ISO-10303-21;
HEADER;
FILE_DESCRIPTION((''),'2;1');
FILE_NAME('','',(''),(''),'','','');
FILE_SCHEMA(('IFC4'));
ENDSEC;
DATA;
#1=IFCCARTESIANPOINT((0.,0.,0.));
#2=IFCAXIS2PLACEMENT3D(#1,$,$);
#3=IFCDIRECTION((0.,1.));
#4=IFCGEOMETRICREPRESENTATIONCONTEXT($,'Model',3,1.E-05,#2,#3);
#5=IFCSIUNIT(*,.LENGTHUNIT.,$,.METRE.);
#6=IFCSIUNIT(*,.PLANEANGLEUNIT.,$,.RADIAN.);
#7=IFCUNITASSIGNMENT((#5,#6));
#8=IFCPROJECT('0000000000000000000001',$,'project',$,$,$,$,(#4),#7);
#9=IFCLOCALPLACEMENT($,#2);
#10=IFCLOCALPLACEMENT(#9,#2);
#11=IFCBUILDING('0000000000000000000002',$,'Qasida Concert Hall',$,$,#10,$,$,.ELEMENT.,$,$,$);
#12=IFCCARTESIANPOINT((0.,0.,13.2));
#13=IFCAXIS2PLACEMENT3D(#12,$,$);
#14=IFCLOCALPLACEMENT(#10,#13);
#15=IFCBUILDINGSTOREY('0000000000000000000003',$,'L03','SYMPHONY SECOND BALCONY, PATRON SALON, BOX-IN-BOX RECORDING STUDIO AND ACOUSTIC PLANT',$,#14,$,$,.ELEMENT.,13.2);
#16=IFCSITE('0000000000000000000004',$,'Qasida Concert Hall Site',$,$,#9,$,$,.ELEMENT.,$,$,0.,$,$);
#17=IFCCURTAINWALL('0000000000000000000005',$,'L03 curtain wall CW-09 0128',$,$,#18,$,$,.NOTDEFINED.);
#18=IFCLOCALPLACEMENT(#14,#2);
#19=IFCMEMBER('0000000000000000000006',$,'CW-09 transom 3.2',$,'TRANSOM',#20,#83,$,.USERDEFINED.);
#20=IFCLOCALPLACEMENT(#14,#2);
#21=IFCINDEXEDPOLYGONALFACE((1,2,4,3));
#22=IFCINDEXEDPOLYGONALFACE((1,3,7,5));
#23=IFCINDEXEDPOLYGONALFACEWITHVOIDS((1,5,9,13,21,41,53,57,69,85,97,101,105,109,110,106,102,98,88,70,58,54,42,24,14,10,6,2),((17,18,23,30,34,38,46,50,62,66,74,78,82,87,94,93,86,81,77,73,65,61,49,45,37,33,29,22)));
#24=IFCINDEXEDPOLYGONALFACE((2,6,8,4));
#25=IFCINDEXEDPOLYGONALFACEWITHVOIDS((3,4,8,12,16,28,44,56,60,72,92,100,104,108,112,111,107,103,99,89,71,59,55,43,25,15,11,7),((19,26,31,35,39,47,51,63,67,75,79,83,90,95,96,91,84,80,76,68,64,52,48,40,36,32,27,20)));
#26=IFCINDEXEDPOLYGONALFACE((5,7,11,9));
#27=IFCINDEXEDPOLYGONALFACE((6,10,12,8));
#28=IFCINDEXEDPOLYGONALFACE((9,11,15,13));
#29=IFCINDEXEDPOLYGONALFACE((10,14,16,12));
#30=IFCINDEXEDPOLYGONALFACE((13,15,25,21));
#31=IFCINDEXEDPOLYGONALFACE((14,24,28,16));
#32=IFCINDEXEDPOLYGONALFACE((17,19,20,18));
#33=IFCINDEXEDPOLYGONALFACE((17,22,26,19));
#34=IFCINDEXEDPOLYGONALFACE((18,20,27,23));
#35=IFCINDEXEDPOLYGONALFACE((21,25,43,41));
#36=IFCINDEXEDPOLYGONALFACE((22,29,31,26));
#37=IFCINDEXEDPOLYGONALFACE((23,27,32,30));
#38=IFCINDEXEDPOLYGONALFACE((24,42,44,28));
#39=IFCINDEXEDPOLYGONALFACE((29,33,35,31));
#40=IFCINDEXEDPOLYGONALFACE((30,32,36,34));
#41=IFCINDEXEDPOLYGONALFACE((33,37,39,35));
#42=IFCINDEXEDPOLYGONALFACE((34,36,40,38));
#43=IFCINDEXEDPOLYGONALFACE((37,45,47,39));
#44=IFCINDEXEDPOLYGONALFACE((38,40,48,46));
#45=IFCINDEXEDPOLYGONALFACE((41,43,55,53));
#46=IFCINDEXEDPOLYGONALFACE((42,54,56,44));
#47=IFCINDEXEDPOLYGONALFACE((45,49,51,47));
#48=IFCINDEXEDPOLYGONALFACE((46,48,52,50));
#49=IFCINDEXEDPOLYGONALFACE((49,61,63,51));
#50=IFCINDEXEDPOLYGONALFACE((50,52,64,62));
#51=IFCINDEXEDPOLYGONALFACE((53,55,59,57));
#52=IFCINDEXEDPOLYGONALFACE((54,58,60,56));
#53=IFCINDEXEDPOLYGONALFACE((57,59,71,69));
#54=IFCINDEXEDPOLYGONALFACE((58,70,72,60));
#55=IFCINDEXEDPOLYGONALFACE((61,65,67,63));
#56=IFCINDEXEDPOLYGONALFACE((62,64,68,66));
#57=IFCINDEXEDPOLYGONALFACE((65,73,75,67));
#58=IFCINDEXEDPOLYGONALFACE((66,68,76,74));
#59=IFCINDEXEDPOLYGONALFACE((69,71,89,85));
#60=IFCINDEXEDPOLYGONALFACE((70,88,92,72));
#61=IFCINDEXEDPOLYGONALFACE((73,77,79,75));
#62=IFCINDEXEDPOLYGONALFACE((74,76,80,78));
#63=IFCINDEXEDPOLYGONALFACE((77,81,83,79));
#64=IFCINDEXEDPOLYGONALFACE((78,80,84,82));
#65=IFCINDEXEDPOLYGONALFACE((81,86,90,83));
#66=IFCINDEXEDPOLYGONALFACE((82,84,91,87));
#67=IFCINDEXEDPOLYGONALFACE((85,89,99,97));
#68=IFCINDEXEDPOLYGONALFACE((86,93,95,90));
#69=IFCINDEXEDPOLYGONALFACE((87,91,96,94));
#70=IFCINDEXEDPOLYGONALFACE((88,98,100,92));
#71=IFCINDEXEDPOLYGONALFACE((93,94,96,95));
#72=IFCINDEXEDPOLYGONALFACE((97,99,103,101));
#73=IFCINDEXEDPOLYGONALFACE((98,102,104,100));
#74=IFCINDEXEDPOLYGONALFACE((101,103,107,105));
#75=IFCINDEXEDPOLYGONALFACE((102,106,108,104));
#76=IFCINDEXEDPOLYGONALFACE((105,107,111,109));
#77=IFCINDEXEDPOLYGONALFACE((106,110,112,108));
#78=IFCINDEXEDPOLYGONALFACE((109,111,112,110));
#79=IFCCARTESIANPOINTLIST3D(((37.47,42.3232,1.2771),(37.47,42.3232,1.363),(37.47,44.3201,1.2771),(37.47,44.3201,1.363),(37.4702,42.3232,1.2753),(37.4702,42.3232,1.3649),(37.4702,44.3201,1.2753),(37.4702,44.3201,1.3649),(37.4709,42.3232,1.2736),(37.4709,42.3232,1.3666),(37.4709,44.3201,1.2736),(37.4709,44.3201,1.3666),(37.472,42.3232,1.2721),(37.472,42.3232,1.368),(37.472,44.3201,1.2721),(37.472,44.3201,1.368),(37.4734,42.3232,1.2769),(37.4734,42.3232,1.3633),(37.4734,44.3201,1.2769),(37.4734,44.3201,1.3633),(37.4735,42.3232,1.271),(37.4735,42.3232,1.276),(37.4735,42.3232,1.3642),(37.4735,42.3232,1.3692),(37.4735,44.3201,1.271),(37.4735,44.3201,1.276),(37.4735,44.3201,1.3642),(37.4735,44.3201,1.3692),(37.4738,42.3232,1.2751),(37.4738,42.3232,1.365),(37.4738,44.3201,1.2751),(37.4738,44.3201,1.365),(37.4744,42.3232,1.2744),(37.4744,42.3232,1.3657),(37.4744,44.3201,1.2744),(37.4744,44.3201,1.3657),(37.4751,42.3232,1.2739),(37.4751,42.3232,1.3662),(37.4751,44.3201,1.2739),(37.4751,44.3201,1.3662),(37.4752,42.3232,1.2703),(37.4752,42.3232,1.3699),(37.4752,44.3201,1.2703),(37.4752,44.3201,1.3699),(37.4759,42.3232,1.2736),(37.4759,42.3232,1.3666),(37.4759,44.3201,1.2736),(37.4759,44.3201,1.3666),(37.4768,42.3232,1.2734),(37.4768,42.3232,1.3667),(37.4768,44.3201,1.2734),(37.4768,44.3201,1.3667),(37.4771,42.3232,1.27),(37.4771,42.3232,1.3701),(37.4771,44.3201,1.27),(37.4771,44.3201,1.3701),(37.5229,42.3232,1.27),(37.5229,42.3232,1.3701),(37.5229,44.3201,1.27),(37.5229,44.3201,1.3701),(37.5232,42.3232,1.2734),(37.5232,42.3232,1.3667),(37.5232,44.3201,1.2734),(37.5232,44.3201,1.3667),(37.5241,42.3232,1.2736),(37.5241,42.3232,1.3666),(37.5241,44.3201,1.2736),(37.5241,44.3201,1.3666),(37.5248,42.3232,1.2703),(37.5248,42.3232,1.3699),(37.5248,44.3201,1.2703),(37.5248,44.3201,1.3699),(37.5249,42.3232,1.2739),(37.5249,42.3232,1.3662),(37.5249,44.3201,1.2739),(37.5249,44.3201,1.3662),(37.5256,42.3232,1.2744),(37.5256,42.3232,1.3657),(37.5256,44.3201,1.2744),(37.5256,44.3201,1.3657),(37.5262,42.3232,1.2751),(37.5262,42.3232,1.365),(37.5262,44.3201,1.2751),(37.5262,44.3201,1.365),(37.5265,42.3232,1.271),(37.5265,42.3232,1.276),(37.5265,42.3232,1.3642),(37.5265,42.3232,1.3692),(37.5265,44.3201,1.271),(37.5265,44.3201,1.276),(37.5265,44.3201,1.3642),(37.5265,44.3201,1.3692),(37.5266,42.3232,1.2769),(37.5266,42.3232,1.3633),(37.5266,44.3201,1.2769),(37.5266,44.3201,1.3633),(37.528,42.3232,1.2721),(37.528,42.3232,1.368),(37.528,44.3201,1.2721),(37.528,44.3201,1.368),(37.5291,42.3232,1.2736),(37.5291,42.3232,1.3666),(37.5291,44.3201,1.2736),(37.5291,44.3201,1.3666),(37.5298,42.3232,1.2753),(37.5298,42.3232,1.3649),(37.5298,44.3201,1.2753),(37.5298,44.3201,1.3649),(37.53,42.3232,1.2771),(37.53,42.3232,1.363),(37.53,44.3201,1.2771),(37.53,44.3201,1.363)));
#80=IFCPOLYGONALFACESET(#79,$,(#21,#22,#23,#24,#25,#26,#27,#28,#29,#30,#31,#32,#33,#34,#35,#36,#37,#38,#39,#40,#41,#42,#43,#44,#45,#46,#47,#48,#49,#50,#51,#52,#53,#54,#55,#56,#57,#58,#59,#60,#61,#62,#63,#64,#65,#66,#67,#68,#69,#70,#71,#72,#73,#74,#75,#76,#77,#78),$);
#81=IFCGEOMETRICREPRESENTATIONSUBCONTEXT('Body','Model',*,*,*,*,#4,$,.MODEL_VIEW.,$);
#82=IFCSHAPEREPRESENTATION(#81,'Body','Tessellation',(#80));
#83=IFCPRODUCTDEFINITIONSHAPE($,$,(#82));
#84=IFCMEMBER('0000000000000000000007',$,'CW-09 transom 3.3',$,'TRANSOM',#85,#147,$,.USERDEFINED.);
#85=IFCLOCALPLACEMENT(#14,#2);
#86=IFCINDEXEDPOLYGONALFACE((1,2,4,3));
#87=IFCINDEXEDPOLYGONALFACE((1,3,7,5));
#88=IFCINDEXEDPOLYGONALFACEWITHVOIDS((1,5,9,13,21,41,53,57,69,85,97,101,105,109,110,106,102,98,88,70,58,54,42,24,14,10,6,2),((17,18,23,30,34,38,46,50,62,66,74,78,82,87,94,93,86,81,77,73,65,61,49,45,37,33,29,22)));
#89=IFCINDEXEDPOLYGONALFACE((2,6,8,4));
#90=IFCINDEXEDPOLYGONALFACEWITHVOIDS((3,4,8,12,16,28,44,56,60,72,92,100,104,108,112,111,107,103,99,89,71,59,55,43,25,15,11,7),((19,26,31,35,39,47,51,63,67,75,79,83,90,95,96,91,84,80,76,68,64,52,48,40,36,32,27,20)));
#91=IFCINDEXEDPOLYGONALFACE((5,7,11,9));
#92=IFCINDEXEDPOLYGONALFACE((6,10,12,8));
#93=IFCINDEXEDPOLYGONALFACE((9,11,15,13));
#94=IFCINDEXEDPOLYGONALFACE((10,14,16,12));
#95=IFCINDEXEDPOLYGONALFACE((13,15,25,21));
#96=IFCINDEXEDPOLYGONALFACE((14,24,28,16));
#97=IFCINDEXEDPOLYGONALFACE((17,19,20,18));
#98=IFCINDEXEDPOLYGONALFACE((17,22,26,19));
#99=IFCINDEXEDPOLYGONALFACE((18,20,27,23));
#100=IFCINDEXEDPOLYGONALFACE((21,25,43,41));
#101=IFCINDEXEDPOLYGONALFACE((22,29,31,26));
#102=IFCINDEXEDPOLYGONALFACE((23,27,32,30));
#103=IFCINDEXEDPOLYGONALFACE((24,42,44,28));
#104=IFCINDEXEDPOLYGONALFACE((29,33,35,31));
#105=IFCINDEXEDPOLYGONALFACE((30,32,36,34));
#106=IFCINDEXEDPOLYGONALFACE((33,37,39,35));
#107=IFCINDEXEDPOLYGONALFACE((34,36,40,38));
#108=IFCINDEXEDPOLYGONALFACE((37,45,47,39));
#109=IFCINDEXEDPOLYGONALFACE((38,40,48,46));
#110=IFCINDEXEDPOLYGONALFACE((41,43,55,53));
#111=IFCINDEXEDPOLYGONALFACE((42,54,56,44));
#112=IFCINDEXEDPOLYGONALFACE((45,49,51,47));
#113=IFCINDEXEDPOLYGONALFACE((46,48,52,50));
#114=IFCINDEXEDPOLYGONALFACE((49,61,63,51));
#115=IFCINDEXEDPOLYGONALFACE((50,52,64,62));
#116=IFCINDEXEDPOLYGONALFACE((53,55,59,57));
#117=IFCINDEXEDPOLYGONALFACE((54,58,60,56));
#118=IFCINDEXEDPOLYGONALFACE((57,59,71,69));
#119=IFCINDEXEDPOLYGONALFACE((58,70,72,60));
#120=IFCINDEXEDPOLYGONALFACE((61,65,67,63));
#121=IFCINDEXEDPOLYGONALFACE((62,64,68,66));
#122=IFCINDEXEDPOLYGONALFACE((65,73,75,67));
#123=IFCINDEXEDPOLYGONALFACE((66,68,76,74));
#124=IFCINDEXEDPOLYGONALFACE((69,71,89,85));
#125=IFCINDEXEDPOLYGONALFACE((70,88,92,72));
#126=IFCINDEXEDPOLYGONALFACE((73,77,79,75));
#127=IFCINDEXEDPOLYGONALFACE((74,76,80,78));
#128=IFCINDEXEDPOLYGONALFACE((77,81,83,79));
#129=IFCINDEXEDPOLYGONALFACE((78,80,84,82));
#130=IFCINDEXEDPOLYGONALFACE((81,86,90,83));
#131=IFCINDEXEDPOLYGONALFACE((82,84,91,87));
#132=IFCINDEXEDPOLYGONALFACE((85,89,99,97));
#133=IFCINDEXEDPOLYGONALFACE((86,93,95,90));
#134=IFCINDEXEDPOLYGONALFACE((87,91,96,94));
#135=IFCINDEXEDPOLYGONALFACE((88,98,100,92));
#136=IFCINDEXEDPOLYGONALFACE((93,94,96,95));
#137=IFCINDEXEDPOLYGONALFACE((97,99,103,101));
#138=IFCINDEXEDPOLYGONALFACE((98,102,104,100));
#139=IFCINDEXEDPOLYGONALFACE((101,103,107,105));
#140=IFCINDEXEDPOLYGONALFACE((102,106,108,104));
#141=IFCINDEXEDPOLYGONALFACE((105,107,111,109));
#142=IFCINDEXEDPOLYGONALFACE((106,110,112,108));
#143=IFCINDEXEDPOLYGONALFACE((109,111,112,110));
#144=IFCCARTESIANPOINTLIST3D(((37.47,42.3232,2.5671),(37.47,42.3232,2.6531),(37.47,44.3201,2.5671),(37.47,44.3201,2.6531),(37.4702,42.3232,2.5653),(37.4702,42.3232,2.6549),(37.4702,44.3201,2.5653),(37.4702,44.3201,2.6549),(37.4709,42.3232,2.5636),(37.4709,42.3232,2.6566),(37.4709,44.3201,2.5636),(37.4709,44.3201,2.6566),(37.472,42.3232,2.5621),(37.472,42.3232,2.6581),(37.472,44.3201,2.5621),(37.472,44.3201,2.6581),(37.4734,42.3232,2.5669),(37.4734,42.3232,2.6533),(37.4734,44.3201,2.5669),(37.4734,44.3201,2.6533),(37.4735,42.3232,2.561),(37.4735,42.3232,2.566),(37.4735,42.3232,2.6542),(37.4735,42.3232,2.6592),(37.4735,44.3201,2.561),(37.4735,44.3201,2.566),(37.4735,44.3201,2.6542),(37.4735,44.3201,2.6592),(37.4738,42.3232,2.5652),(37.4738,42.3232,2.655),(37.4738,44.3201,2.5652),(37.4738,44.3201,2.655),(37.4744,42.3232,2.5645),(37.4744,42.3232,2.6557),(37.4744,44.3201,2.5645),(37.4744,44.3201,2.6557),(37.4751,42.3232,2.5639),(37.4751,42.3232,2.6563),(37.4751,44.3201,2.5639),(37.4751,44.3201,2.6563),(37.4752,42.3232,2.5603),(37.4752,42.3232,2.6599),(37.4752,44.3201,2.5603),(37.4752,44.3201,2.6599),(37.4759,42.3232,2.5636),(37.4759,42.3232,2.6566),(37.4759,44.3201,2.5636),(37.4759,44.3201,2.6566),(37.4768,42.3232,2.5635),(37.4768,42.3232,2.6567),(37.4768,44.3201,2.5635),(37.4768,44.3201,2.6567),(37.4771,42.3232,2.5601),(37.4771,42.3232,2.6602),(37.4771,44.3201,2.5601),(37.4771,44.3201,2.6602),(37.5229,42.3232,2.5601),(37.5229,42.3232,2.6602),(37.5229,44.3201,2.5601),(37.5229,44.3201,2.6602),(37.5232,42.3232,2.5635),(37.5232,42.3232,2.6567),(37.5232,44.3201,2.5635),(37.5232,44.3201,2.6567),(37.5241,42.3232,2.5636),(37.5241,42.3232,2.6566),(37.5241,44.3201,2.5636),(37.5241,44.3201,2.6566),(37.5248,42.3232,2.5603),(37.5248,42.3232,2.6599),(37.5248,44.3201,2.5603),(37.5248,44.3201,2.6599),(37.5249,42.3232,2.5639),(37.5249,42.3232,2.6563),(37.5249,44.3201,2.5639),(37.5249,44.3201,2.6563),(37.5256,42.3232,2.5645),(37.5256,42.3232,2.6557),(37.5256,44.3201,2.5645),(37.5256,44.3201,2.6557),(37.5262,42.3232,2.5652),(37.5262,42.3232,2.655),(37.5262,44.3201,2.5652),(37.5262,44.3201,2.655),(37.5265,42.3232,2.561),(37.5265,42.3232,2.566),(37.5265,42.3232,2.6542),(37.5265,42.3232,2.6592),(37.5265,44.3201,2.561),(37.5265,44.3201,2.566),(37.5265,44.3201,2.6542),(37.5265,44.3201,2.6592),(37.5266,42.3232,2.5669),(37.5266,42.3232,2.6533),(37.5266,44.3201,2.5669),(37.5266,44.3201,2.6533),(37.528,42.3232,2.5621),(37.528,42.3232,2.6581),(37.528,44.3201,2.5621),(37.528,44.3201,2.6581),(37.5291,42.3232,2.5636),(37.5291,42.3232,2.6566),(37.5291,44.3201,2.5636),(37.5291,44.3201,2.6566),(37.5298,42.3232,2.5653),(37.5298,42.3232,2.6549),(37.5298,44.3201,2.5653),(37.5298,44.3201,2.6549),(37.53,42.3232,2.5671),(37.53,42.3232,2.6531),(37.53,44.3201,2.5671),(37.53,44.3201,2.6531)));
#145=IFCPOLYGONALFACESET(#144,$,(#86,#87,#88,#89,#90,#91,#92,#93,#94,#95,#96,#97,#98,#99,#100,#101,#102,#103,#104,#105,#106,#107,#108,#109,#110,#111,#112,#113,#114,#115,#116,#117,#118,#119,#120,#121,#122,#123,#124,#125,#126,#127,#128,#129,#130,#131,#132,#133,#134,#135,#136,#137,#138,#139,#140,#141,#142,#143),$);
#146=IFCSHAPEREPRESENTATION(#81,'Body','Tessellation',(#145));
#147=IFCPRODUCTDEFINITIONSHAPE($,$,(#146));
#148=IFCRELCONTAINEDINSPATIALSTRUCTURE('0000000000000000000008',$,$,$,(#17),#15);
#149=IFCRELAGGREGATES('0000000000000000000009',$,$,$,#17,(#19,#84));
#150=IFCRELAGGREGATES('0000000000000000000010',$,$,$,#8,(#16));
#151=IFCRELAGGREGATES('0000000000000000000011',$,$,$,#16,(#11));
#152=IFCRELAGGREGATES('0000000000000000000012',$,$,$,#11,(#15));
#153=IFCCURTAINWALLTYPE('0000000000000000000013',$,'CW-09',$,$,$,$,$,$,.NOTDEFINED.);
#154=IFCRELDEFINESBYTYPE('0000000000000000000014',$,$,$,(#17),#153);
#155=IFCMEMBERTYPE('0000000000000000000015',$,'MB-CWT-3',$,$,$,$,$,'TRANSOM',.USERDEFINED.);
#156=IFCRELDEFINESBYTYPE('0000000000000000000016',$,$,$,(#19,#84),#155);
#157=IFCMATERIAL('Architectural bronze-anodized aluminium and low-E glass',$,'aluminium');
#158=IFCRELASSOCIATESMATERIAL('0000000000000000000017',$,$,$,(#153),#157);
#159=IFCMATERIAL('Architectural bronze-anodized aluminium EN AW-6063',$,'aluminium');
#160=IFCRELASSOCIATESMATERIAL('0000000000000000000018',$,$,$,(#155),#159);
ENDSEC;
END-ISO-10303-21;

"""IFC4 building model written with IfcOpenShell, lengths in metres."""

from ifc_helpers import new_model, si_unit, direction, frame, origin, origin_2d, place, context, subcontext, project, spatial, hollow_rectangle, extrude, material, material_profile, profile_set, type_object, element, aggregate, save


model = new_model("IFC4")

# Units and contexts
model_context = context("Model", 3, precision=1e-05, world=origin(), true_north=direction((0.0, 1.0)))
body_context = subcontext(model_context, "Body", "Model", "MODEL_VIEW")
ifc_project = project(units=[si_unit("LENGTHUNIT", "METRE"), si_unit("PLANEANGLEUNIT", "RADIAN")], contexts=[model_context])

# Site, building, storey
site_placement = place(None, origin())
site = spatial("IfcSite", under=ifc_project, at=site_placement, Name="Qasida Concert Hall Site", CompositionType="ELEMENT", RefElevation=0.0)
building_placement = place(site_placement, origin())
building = spatial("IfcBuilding", under=site, at=building_placement, Name="Qasida Concert Hall", CompositionType="ELEMENT")
storey_placement = place(building_placement, frame((0.0, 0.0, 13.2)))
storey = spatial("IfcBuildingStorey", under=building, at=storey_placement, Name="L03", Description="SYMPHONY SECOND BALCONY, PATRON SALON, BOX-IN-BOX RECORDING STUDIO AND ACOUSTIC PLANT", CompositionType="ELEMENT", Elevation=13.2)

# Curtain wall
ifc_material_1 = material(Name="Architectural bronze-anodized aluminium and low-E glass", Category="aluminium")
curtain_wall_type = type_object("IfcCurtainWallType", Name="CW-09", PredefinedType="NOTDEFINED", material=ifc_material_1)
curtain_wall_1_placement = place(storey_placement, origin())
curtain_wall_1 = element("IfcCurtainWall", 1, at=curtain_wall_1_placement, inside=storey, type_object=curtain_wall_type, Name="L03 curtain wall CW-09 0128", PredefinedType="NOTDEFINED")
ifc_material_2 = material(Name="Architectural bronze-anodized aluminium EN AW-6063", Category="aluminium")

# Members
ifc_material_profile_1 = material_profile(ifc_material_2, hollow_rectangle(XDim=0.0601, YDim=0.1001, WallThickness=0.0034, InnerFilletRadius=0.0034, OuterFilletRadius=0.0071, at=origin_2d()), Name="CWT 100x60x3.5")
ifc_profile_set_1 = profile_set([ifc_material_profile_1], Name="Architectural bronze-anodized aluminium EN AW-6063")
member_type_1 = type_object("IfcMemberType", Name="MB-CWT-3", ElementType="TRANSOM", PredefinedType="USERDEFINED", material=ifc_profile_set_1)
member_1_placement = place(storey_placement, frame((37.5, 42.3232, 1.3201), z_axis=(0.0, 1.0, 0.0), x_axis=(-1.0, 0.0, 0.0)))
member_1 = element("IfcMember", 2, at=member_1_placement, type_object=member_type_1, Name="CW-09 transom 3.2", ObjectType="TRANSOM", PredefinedType="USERDEFINED", context=body_context, shape_type="SweptSolid", body=[
    extrude(hollow_rectangle(XDim=0.0601, YDim=0.1001, WallThickness=0.0034, InnerFilletRadius=0.0034, OuterFilletRadius=0.0071, at=origin_2d()), origin(), (0.0, 0.0, 1.0), 1.9968),
])
member_2_placement = place(storey_placement, frame((37.5, 42.3232, 2.6101), z_axis=(0.0, 1.0, 0.0), x_axis=(-1.0, 0.0, 0.0)))
member_2 = element("IfcMember", 3, at=member_2_placement, type_object=member_type_1, Name="CW-09 transom 3.3", ObjectType="TRANSOM", PredefinedType="USERDEFINED", context=body_context, shape_type="SweptSolid", body=[
    extrude(hollow_rectangle(XDim=0.0601, YDim=0.1001, WallThickness=0.0034, InnerFilletRadius=0.0034, OuterFilletRadius=0.0071, at=origin_2d()), origin(), (0.0, 0.0, 1.0), 1.9968),
])

aggregate(curtain_wall_1, [member_1, member_2])

save(model, "model.ifc")
